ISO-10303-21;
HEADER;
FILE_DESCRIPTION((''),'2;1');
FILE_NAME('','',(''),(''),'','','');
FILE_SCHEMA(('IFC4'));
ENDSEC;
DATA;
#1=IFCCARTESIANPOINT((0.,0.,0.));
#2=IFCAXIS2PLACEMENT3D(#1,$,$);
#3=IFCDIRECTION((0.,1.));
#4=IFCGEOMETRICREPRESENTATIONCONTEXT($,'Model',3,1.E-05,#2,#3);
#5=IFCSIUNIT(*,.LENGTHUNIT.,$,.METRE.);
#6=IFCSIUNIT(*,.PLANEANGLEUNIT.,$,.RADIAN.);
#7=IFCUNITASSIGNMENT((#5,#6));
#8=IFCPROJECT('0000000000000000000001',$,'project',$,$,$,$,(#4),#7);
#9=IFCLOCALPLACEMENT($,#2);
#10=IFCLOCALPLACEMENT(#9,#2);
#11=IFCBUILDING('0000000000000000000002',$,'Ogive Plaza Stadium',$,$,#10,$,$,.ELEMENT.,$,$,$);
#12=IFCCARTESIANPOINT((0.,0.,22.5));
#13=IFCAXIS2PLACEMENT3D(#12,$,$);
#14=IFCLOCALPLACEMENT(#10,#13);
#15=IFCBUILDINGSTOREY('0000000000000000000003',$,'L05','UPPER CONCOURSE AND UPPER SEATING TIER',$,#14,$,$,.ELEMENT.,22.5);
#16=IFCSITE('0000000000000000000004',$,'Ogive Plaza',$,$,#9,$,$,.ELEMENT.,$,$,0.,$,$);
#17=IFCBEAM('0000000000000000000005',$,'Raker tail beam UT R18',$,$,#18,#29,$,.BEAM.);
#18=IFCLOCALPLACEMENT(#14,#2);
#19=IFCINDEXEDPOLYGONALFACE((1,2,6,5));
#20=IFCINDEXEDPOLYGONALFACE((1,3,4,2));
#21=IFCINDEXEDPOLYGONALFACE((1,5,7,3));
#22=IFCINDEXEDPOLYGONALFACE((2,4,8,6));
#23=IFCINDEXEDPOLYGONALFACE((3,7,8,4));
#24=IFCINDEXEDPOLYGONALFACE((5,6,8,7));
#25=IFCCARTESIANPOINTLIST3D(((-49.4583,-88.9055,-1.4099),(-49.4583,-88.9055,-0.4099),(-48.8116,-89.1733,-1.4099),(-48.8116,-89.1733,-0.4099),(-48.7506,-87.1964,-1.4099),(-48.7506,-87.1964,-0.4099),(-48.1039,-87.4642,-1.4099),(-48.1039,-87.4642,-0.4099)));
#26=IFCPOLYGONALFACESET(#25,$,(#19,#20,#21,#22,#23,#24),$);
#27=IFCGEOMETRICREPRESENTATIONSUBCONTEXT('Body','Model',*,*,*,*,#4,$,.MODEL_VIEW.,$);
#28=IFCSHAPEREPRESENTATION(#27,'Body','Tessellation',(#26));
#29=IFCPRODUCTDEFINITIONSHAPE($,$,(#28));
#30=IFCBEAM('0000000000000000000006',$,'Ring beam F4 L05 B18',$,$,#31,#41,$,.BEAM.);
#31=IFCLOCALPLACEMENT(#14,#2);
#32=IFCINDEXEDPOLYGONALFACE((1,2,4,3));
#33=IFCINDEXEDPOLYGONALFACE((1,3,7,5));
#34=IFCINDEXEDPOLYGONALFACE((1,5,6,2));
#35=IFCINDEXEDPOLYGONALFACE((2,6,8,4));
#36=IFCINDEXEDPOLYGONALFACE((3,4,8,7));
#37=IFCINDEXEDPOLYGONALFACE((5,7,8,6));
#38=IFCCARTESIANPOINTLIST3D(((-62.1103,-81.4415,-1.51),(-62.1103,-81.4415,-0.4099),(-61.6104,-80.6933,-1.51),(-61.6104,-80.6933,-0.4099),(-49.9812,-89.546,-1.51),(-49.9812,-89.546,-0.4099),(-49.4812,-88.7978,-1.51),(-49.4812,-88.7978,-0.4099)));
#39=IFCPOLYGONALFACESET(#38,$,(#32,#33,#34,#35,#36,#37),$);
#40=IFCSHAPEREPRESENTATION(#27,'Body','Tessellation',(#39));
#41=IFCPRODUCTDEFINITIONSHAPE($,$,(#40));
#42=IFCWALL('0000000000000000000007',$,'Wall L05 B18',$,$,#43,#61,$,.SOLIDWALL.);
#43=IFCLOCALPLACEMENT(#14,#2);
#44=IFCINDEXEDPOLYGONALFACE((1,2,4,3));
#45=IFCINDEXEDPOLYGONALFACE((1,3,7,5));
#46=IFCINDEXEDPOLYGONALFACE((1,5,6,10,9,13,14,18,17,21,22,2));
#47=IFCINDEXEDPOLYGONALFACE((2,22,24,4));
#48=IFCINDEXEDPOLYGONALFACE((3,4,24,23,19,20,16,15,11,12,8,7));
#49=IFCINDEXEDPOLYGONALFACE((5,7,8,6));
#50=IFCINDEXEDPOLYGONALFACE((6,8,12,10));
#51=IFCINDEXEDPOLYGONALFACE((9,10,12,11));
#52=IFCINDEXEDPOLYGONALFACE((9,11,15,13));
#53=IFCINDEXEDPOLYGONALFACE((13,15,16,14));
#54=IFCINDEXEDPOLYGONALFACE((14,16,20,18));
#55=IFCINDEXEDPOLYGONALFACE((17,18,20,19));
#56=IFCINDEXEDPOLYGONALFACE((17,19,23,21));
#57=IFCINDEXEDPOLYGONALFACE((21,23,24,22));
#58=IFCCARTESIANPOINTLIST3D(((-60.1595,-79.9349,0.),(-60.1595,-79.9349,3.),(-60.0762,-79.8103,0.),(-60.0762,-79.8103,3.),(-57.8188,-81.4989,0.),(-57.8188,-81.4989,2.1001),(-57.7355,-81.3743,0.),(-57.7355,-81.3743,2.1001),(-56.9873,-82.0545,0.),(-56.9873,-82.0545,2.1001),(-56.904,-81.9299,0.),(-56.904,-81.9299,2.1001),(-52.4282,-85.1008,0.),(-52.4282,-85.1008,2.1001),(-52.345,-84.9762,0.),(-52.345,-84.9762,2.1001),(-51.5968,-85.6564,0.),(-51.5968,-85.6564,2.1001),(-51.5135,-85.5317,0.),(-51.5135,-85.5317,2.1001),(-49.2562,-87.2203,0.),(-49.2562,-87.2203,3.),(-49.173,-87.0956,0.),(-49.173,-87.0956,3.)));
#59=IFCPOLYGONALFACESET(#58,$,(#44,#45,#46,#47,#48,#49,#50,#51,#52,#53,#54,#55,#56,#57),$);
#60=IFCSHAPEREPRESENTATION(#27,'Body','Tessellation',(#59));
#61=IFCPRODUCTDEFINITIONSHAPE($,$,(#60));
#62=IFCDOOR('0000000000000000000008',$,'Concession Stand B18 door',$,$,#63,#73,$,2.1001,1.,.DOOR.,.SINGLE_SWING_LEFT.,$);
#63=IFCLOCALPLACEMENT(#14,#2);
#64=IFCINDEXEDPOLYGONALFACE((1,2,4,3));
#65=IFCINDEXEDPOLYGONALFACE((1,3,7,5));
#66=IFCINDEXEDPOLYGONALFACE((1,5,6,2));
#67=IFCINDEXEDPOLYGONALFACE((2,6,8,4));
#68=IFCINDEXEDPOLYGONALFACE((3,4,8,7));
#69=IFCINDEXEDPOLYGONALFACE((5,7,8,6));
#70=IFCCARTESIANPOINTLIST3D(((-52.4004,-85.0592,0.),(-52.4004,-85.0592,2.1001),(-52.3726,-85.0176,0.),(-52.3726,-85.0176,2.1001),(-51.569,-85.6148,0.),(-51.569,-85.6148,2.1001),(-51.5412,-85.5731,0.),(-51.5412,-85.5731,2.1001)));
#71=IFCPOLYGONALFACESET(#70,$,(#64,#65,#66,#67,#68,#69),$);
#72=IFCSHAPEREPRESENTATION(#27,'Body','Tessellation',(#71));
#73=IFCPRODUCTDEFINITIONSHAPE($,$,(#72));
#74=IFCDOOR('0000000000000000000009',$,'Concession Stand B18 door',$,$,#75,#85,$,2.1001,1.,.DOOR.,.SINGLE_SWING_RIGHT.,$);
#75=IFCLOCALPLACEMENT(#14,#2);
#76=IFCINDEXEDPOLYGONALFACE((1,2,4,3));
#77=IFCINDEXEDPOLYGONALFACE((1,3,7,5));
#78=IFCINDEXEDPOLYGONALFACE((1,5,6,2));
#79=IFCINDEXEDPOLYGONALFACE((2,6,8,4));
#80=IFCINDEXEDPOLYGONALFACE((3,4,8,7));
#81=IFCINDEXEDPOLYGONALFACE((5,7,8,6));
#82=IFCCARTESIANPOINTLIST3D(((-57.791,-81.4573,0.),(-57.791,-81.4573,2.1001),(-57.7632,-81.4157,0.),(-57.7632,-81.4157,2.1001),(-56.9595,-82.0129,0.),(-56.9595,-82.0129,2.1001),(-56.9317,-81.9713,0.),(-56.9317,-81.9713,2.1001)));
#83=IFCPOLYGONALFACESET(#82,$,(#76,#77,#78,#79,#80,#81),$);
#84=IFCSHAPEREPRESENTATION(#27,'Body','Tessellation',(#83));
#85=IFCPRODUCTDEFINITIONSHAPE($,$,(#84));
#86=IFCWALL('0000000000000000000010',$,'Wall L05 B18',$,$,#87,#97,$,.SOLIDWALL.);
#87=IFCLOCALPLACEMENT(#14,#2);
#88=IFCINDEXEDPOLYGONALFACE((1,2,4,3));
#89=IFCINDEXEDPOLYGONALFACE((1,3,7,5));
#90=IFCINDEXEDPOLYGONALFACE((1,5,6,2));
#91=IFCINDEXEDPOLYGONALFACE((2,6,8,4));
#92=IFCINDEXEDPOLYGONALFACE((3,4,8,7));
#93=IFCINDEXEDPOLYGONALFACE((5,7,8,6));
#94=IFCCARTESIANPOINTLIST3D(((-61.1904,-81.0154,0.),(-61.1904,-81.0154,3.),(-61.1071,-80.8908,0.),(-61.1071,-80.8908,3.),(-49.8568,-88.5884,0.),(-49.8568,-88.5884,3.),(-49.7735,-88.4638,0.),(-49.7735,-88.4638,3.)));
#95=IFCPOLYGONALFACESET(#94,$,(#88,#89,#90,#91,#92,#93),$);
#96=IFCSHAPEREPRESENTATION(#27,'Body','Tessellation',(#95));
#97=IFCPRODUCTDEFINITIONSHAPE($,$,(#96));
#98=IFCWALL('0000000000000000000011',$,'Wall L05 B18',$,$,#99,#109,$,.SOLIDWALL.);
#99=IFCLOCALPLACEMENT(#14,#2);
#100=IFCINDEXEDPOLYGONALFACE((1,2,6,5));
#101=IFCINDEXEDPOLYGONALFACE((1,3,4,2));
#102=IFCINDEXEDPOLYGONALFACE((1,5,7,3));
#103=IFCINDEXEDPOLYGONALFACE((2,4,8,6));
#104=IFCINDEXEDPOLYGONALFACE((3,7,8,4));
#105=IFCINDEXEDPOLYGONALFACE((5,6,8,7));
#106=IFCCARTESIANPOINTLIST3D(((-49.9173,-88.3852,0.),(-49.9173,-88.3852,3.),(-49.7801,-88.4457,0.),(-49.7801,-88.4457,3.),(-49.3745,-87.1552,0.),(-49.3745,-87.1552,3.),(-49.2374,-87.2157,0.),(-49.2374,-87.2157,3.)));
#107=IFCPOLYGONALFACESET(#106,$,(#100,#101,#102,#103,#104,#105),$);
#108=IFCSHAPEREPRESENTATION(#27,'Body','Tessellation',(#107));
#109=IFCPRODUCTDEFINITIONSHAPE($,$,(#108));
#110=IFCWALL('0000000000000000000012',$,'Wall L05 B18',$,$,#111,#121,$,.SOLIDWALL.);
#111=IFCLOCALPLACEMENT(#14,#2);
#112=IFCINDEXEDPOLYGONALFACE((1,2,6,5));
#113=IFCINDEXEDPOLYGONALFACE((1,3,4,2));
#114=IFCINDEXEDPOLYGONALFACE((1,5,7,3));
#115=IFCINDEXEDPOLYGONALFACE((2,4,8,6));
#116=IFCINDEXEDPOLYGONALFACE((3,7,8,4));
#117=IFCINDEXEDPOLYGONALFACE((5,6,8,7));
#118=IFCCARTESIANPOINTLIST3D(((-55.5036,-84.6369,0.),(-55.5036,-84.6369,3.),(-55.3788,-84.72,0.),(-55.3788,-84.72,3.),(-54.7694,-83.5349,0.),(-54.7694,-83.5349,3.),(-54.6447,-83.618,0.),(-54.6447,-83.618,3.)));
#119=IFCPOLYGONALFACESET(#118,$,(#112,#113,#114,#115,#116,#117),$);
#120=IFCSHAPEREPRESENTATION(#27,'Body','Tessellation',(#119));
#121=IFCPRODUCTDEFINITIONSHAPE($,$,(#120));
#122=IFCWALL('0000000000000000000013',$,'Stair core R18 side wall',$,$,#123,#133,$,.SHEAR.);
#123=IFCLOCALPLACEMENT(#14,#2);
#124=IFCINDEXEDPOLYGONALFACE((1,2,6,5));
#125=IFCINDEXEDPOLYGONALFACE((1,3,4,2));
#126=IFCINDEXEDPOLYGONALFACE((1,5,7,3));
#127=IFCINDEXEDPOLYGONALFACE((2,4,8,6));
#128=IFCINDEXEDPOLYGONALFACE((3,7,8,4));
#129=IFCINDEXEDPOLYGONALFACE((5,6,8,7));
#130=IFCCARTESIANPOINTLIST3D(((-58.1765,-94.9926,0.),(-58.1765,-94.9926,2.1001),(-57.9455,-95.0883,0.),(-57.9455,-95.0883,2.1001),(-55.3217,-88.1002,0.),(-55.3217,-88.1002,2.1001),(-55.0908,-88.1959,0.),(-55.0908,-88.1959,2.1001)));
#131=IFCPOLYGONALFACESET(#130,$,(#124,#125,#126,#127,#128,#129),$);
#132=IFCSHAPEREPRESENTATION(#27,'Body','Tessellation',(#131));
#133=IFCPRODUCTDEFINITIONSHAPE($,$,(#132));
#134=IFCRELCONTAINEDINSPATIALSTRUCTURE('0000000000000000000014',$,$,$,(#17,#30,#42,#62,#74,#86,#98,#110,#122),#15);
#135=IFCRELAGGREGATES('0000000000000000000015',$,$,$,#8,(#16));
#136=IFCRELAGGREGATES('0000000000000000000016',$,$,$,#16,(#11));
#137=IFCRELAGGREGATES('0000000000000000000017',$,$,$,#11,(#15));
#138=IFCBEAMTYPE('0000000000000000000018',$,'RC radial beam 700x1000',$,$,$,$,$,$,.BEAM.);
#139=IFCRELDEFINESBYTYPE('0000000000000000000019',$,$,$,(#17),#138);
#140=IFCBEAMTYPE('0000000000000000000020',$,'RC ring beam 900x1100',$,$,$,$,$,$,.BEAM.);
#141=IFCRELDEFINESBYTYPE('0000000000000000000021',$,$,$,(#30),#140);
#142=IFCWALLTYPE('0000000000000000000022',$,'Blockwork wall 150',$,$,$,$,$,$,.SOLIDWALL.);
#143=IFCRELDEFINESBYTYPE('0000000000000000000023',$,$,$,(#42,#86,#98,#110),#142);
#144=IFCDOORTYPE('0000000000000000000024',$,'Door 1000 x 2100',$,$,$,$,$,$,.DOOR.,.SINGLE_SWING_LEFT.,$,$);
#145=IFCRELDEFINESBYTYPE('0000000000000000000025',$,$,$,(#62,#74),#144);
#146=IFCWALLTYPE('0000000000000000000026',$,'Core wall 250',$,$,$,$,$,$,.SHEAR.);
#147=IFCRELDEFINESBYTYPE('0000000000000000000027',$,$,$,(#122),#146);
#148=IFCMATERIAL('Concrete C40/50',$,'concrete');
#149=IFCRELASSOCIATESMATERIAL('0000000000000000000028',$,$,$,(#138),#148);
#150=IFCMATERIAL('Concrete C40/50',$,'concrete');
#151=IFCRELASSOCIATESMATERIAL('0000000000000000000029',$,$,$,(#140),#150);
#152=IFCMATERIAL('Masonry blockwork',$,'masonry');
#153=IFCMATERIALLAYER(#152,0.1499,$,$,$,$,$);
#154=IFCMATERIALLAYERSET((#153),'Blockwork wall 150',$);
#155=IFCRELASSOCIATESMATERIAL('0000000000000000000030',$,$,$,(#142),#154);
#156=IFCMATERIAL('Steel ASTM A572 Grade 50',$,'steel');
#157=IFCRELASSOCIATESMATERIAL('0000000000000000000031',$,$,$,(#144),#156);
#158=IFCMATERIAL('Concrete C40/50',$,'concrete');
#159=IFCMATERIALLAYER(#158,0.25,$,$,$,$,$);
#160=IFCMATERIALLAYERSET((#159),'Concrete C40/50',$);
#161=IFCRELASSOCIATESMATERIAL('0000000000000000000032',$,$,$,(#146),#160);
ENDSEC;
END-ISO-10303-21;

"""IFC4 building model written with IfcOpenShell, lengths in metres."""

from ifc_helpers import new_model, si_unit, direction, frame, frame_2d, origin, origin_2d, place, context, subcontext, project, spatial, rectangle, extrude, material, layer, layer_set, material_profile, profile_set, type_object, element, fill, save


model = new_model("IFC4")

# Units and contexts
model_context = context("Model", 3, precision=1e-05, world=origin(), true_north=direction((0.0, 1.0)))
body_context = subcontext(model_context, "Body", "Model", "MODEL_VIEW")
ifc_project = project(units=[si_unit("LENGTHUNIT", "METRE"), si_unit("PLANEANGLEUNIT", "RADIAN")], contexts=[model_context])

# Site, building, storey
site_placement = place(None, origin())
site = spatial("IfcSite", under=ifc_project, at=site_placement, Name="Ogive Plaza", CompositionType="ELEMENT", RefElevation=0.0)
building_placement = place(site_placement, origin())
building = spatial("IfcBuilding", under=site, at=building_placement, Name="Ogive Plaza Stadium", CompositionType="ELEMENT")
storey_placement = place(building_placement, frame((0.0, 0.0, 22.5)))
storey = spatial("IfcBuildingStorey", under=building, at=storey_placement, Name="L05", Description="UPPER CONCOURSE AND UPPER SEATING TIER", CompositionType="ELEMENT", Elevation=22.5)

# Beams
ifc_material_1 = material(Name="Concrete C40/50", Category="concrete")
ifc_material_profile_1 = material_profile(ifc_material_1, rectangle(XDim=0.7, YDim=1.0, at=origin_2d()), Name="RC 700x1000")
ifc_profile_set_1 = profile_set([ifc_material_profile_1], Name="Concrete C40/50")
beam_type_1 = type_object("IfcBeamType", Name="RC radial beam 700x1000", PredefinedType="BEAM", material=ifc_profile_set_1)
beam_1_placement = place(storey_placement, frame((-48.4272, -87.3303, -0.9099), z_axis=(-0.382581, -0.923922, 0.0), x_axis=(0.923922, -0.382581, 0.0)))
element("IfcBeam", 1, at=beam_1_placement, inside=storey, type_object=beam_type_1, Name="Raker tail beam UT R18", PredefinedType="BEAM", context=body_context, shape_type="SweptSolid", body=[
    extrude(rectangle(XDim=0.7, YDim=1.0, at=origin_2d()), origin(), (0.0, 0.0, 1.0), 1.8499),
])
ifc_material_2 = material(Name="Concrete C40/50", Category="concrete")
ifc_material_profile_2 = material_profile(ifc_material_2, rectangle(XDim=0.8999, YDim=1.1001, at=origin_2d()), Name="RC 900x1100")
ifc_profile_set_2 = profile_set([ifc_material_profile_2], Name="Concrete C40/50")
beam_type_2 = type_object("IfcBeamType", Name="RC ring beam 900x1100", PredefinedType="BEAM", material=ifc_profile_set_2)
beam_2_placement = place(storey_placement, frame((-49.7312, -89.1719, -0.96), z_axis=(-0.831468, 0.555573, 0.0), x_axis=(-0.555573, -0.831468, 0.0)))
element("IfcBeam", 2, at=beam_2_placement, inside=storey, type_object=beam_type_2, Name="Ring beam F4 L05 B18", PredefinedType="BEAM", context=body_context, shape_type="SweptSolid", body=[
    extrude(rectangle(XDim=0.8999, YDim=1.1001, at=origin_2d()), origin(), (0.0, 0.0, 1.0), 14.5876),
])

# Wall, openings, doors
ifc_material_3 = material(Name="Masonry blockwork", Category="masonry")
ifc_layer_1 = layer(ifc_material_3, 0.1499)
ifc_layer_set_1 = layer_set([ifc_layer_1], Name="Blockwork wall 150")
wall_type_1 = type_object("IfcWallType", Name="Blockwork wall 150", PredefinedType="SOLIDWALL", material=ifc_layer_set_1)
wall_1_placement = place(storey_placement, frame((-49.2146, -87.158, 0.0), z_axis=(0.0, 0.0, 1.0), x_axis=(-0.831468, 0.555572, 0.0)))
wall_1 = element("IfcWall", 3, at=wall_1_placement, inside=storey, type_object=wall_type_1, Name="Wall L05 B18", PredefinedType="SOLIDWALL", context=body_context, shape_type="SweptSolid", body=[
    extrude(rectangle(XDim=13.1133, YDim=0.1499, at=frame_2d((6.5566, 0.0))), origin(), (0.0, 0.0, 1.0), 3.0),
])
opening_1_placement = place(wall_1_placement, frame((2.8149, 0.0, 0.0)))
opening_1 = element("IfcOpeningElement", 4, at=opening_1_placement, cuts=wall_1, PredefinedType="OPENING", context=body_context, shape_type="SweptSolid", body=[
    extrude(rectangle(XDim=1.0, YDim=2.1001, at=frame_2d((0.5, 1.05))), frame((0.0, 0.075, 0.0), z_axis=(0.0, -1.0, 0.0), x_axis=(1.0, 0.0, 0.0)), (0.0, 0.0, 1.0), 0.1499),
])
opening_2_placement = place(wall_1_placement, frame((9.2981, 0.0, 0.0)))
opening_2 = element("IfcOpeningElement", 5, at=opening_2_placement, cuts=wall_1, PredefinedType="OPENING", context=body_context, shape_type="SweptSolid", body=[
    extrude(rectangle(XDim=1.0, YDim=2.1001, at=frame_2d((0.5, 1.05))), frame((0.0, 0.075, 0.0), z_axis=(0.0, -1.0, 0.0), x_axis=(1.0, 0.0, 0.0)), (0.0, 0.0, 1.0), 0.1499),
])
ifc_material_4 = material(Name="Steel ASTM A572 Grade 50", Category="steel")
door_type_1 = type_object("IfcDoorType", Name="Door 1000 x 2100", OperationType="SINGLE_SWING_LEFT", PredefinedType="DOOR", material=ifc_material_4)
door_1_placement = place(opening_1_placement, origin())
door_1 = element("IfcDoor", 6, at=door_1_placement, inside=storey, type_object=door_type_1, Name="Concession Stand B18 door", OperationType="SINGLE_SWING_LEFT", OverallHeight=2.1001, OverallWidth=1.0, PredefinedType="DOOR", context=body_context, shape_type="SweptSolid", body=[
    extrude(rectangle(XDim=1.0, YDim=2.1001, at=frame_2d((0.5, 1.05))), frame((0.0, 0.0249, 0.0), z_axis=(0.0, -1.0, 0.0), x_axis=(1.0, 0.0, 0.0)), (0.0, 0.0, 1.0), 0.05),
])
fill(opening_1, door_1)
door_2_placement = place(opening_2_placement, origin())
door_2 = element("IfcDoor", 7, at=door_2_placement, inside=storey, type_object=door_type_1, Name="Concession Stand B18 door", OperationType="SINGLE_SWING_RIGHT", OverallHeight=2.1001, OverallWidth=1.0, PredefinedType="DOOR", context=body_context, shape_type="SweptSolid", body=[
    extrude(rectangle(XDim=1.0, YDim=2.1001, at=frame_2d((0.5, 1.05))), frame((0.0, 0.0249, 0.0), z_axis=(0.0, -1.0, 0.0), x_axis=(1.0, 0.0, 0.0)), (0.0, 0.0, 1.0), 0.05),
])
fill(opening_2, door_2)

# Walls
wall_2_placement = place(storey_placement, frame((-49.8152, -88.5261, 0.0), z_axis=(0.0, 0.0, 1.0), x_axis=(-0.831463, 0.55558, 0.0)))
element("IfcWall", 8, at=wall_2_placement, inside=storey, type_object=wall_type_1, Name="Wall L05 B18", PredefinedType="SOLIDWALL", context=body_context, shape_type="SweptSolid", body=[
    extrude(rectangle(XDim=13.6309, YDim=0.1499, at=frame_2d((6.8154, 0.0))), origin(), (0.0, 0.0, 1.0), 3.0),
])
wall_3_placement = place(storey_placement, frame((-49.3059, -87.1853, 0.0), z_axis=(0.0, 0.0, 1.0), x_axis=(-0.403694, -0.914894, 0.0)))
element("IfcWall", 9, at=wall_3_placement, inside=storey, type_object=wall_type_1, Name="Wall L05 B18", PredefinedType="SOLIDWALL", context=body_context, shape_type="SweptSolid", body=[
    extrude(rectangle(XDim=1.3445, YDim=0.1499, at=frame_2d((0.6724, 0.0))), origin(), (0.0, 0.0, 1.0), 3.0),
])
wall_4_placement = place(storey_placement, frame((-54.707, -83.5764, 0.0), z_axis=(0.0, 0.0, 1.0), x_axis=(-0.554402, -0.832249, 0.0)))
element("IfcWall", 10, at=wall_4_placement, inside=storey, type_object=wall_type_1, Name="Wall L05 B18", PredefinedType="SOLIDWALL", context=body_context, shape_type="SweptSolid", body=[
    extrude(rectangle(XDim=1.3242, YDim=0.1499, at=frame_2d((0.6621, 0.0))), origin(), (0.0, 0.0, 1.0), 3.0),
])

# Shared definitions
ifc_material_5 = material(Name="Concrete C40/50", Category="concrete")
ifc_layer_2 = layer(ifc_material_5, 0.25)
ifc_layer_set_2 = layer_set([ifc_layer_2], Name="Concrete C40/50")
wall_type_2 = type_object("IfcWallType", Name="Core wall 250", PredefinedType="SHEAR", material=ifc_layer_set_2)

# Wall
wall_5_placement = place(storey_placement, frame((-55.2063, -88.1482, 0.0), z_axis=(0.0, 0.0, 1.0), x_axis=(-0.382665, -0.923887, 0.0)))
element("IfcWall", 11, at=wall_5_placement, inside=storey, type_object=wall_type_2, Name="Stair core R18 side wall", PredefinedType="SHEAR", context=body_context, shape_type="SweptSolid", body=[
    extrude(rectangle(XDim=7.4602, YDim=0.25, at=frame_2d((3.73, 0.0))), origin(), (0.0, 0.0, 1.0), 2.1001),
])

save(model, "model.ifc")
